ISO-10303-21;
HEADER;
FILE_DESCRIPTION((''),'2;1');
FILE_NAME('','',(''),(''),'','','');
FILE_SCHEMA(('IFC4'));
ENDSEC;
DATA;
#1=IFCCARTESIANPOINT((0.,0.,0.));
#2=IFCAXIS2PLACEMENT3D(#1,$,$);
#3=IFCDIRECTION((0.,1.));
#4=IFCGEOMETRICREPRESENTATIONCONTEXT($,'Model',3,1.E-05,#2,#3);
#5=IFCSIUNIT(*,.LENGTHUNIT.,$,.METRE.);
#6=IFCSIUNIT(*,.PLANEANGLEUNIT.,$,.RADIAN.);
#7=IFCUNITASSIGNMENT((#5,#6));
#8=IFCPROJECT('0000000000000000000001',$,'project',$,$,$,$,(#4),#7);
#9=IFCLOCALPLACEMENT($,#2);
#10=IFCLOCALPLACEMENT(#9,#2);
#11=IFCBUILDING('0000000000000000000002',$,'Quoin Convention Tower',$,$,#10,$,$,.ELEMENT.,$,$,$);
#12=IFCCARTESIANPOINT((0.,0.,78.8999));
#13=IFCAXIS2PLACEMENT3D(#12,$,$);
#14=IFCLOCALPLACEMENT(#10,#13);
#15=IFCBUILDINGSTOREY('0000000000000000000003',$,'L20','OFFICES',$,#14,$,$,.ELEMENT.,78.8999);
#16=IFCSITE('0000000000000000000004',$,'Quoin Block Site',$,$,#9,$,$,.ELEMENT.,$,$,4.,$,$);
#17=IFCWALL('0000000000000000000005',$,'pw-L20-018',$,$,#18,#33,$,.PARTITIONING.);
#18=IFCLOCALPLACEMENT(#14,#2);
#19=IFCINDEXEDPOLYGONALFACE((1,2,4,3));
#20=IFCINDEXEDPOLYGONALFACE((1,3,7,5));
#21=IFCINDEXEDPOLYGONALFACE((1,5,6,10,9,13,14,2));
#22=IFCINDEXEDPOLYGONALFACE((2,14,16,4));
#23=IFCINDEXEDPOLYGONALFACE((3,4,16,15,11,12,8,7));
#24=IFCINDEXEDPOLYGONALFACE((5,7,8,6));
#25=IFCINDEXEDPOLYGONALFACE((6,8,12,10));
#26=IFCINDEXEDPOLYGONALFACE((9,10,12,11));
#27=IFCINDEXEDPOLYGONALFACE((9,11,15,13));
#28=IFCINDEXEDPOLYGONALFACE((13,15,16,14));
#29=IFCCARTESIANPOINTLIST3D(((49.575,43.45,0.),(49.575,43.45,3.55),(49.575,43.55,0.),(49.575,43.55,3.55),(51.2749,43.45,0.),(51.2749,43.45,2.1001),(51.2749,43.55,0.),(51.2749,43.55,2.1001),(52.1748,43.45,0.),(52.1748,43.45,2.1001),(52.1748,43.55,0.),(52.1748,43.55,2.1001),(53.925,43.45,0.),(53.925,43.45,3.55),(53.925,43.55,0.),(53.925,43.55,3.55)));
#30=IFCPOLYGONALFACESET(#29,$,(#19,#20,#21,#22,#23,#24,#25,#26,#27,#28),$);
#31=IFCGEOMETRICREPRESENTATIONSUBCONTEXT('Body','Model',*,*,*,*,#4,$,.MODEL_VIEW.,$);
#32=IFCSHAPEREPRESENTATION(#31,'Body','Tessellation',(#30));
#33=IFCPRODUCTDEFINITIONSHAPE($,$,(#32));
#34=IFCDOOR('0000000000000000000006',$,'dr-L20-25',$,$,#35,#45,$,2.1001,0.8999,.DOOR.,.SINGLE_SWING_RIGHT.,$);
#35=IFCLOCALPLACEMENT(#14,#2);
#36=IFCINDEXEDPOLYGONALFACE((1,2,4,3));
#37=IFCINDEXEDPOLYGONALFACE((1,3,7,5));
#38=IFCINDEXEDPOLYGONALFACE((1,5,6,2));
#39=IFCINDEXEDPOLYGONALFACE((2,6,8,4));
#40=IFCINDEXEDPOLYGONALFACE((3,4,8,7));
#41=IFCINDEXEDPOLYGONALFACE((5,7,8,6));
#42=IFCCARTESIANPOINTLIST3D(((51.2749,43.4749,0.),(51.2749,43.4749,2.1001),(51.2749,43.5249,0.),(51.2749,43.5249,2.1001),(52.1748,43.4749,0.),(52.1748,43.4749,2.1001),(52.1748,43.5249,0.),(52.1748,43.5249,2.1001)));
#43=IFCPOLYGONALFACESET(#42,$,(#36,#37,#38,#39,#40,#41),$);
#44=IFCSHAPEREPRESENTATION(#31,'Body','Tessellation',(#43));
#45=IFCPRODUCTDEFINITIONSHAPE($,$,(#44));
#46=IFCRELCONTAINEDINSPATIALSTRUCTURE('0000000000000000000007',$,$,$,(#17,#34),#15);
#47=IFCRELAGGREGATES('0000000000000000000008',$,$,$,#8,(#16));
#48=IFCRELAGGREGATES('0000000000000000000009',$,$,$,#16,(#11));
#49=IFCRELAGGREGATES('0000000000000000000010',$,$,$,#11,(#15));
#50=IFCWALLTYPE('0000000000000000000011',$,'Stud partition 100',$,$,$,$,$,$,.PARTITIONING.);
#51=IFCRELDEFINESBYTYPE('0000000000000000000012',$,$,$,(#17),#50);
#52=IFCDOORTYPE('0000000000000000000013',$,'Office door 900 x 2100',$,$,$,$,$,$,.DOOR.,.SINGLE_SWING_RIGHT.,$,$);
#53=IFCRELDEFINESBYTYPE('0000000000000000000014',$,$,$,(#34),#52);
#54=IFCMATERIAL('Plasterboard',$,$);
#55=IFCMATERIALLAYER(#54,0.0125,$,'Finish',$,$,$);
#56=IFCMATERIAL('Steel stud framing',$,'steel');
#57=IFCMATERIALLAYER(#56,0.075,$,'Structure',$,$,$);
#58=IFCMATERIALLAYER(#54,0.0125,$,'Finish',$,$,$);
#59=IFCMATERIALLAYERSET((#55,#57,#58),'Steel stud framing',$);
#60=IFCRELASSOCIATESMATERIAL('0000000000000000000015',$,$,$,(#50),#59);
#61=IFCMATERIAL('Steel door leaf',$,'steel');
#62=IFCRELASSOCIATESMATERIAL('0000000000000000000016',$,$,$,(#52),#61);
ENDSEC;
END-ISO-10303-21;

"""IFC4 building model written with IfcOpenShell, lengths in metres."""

from ifc_helpers import new_model, si_unit, direction, frame, frame_2d, origin, place, context, subcontext, project, spatial, rectangle, extrude, material, layer, layer_set, type_object, element, fill, save


model = new_model("IFC4")

# Units and contexts
model_context = context("Model", 3, precision=1e-05, world=origin(), true_north=direction((0.0, 1.0)))
body_context = subcontext(model_context, "Body", "Model", "MODEL_VIEW")
ifc_project = project(units=[si_unit("LENGTHUNIT", "METRE"), si_unit("PLANEANGLEUNIT", "RADIAN")], contexts=[model_context])

# Site, building, storey
site_placement = place(None, origin())
site = spatial("IfcSite", under=ifc_project, at=site_placement, Name="Quoin Block Site", CompositionType="ELEMENT", RefElevation=4.0)
building_placement = place(site_placement, origin())
building = spatial("IfcBuilding", under=site, at=building_placement, Name="Quoin Convention Tower", CompositionType="ELEMENT")
storey_placement = place(building_placement, frame((0.0, 0.0, 78.8999)))
storey = spatial("IfcBuildingStorey", under=building, at=storey_placement, Name="L20", Description="OFFICES", CompositionType="ELEMENT", Elevation=78.8999)

# Shared definitions
ifc_material_1 = material(Name="Plasterboard")
ifc_material_2 = material(Name="Steel stud framing", Category="steel")

# Shared definitions
ifc_material_3 = material(Name="Steel door leaf", Category="steel")

# Wall, opening, door
ifc_layer_1 = layer(ifc_material_1, 0.0125, Name="Finish")
ifc_layer_2 = layer(ifc_material_2, 0.075, Name="Structure")
ifc_layer_3 = layer(ifc_material_1, 0.0125, Name="Finish")
ifc_layer_set_1 = layer_set([ifc_layer_1, ifc_layer_2, ifc_layer_3], Name="Steel stud framing")
wall_type_1 = type_object("IfcWallType", Name="Stud partition 100", PredefinedType="PARTITIONING", material=ifc_layer_set_1)
wall_1_placement = place(storey_placement, frame((49.575, 43.5, 0.0), z_axis=(0.0, 0.0, 1.0), x_axis=(1.0, 0.0, 0.0)))
wall_1 = element("IfcWall", 1, at=wall_1_placement, inside=storey, type_object=wall_type_1, Name="pw-L20-018", PredefinedType="PARTITIONING", context=body_context, shape_type="SweptSolid", body=[
    extrude(rectangle(XDim=4.3501, YDim=0.1001, at=frame_2d((2.175, 0.0))), origin(), (0.0, 0.0, 1.0), 3.55),
])
opening_1_placement = place(wall_1_placement, frame((1.7, 0.0, 0.0)))
opening_1 = element("IfcOpeningElement", 2, at=opening_1_placement, cuts=wall_1, PredefinedType="OPENING", context=body_context, shape_type="SweptSolid", body=[
    extrude(rectangle(XDim=0.8999, YDim=2.1001, at=frame_2d((0.45, 1.05))), frame((0.0, 0.0601, 0.0), z_axis=(0.0, -1.0, 0.0), x_axis=(1.0, 0.0, 0.0)), (0.0, 0.0, 1.0), 0.1201),
])
door_type_1 = type_object("IfcDoorType", Name="Office door 900 x 2100", OperationType="SINGLE_SWING_RIGHT", PredefinedType="DOOR", material=ifc_material_3)
door_1_placement = place(opening_1_placement, origin())
door_1 = element("IfcDoor", 3, at=door_1_placement, inside=storey, type_object=door_type_1, Name="dr-L20-25", OperationType="SINGLE_SWING_RIGHT", OverallHeight=2.1001, OverallWidth=0.8999, PredefinedType="DOOR", context=body_context, shape_type="SweptSolid", body=[
    extrude(rectangle(XDim=0.8999, YDim=2.1001, at=frame_2d((0.45, 1.05))), frame((0.0, 0.0249, 0.0), z_axis=(0.0, -1.0, 0.0), x_axis=(1.0, 0.0, 0.0)), (0.0, 0.0, 1.0), 0.05),
])
fill(opening_1, door_1)

save(model, "model.ifc")
